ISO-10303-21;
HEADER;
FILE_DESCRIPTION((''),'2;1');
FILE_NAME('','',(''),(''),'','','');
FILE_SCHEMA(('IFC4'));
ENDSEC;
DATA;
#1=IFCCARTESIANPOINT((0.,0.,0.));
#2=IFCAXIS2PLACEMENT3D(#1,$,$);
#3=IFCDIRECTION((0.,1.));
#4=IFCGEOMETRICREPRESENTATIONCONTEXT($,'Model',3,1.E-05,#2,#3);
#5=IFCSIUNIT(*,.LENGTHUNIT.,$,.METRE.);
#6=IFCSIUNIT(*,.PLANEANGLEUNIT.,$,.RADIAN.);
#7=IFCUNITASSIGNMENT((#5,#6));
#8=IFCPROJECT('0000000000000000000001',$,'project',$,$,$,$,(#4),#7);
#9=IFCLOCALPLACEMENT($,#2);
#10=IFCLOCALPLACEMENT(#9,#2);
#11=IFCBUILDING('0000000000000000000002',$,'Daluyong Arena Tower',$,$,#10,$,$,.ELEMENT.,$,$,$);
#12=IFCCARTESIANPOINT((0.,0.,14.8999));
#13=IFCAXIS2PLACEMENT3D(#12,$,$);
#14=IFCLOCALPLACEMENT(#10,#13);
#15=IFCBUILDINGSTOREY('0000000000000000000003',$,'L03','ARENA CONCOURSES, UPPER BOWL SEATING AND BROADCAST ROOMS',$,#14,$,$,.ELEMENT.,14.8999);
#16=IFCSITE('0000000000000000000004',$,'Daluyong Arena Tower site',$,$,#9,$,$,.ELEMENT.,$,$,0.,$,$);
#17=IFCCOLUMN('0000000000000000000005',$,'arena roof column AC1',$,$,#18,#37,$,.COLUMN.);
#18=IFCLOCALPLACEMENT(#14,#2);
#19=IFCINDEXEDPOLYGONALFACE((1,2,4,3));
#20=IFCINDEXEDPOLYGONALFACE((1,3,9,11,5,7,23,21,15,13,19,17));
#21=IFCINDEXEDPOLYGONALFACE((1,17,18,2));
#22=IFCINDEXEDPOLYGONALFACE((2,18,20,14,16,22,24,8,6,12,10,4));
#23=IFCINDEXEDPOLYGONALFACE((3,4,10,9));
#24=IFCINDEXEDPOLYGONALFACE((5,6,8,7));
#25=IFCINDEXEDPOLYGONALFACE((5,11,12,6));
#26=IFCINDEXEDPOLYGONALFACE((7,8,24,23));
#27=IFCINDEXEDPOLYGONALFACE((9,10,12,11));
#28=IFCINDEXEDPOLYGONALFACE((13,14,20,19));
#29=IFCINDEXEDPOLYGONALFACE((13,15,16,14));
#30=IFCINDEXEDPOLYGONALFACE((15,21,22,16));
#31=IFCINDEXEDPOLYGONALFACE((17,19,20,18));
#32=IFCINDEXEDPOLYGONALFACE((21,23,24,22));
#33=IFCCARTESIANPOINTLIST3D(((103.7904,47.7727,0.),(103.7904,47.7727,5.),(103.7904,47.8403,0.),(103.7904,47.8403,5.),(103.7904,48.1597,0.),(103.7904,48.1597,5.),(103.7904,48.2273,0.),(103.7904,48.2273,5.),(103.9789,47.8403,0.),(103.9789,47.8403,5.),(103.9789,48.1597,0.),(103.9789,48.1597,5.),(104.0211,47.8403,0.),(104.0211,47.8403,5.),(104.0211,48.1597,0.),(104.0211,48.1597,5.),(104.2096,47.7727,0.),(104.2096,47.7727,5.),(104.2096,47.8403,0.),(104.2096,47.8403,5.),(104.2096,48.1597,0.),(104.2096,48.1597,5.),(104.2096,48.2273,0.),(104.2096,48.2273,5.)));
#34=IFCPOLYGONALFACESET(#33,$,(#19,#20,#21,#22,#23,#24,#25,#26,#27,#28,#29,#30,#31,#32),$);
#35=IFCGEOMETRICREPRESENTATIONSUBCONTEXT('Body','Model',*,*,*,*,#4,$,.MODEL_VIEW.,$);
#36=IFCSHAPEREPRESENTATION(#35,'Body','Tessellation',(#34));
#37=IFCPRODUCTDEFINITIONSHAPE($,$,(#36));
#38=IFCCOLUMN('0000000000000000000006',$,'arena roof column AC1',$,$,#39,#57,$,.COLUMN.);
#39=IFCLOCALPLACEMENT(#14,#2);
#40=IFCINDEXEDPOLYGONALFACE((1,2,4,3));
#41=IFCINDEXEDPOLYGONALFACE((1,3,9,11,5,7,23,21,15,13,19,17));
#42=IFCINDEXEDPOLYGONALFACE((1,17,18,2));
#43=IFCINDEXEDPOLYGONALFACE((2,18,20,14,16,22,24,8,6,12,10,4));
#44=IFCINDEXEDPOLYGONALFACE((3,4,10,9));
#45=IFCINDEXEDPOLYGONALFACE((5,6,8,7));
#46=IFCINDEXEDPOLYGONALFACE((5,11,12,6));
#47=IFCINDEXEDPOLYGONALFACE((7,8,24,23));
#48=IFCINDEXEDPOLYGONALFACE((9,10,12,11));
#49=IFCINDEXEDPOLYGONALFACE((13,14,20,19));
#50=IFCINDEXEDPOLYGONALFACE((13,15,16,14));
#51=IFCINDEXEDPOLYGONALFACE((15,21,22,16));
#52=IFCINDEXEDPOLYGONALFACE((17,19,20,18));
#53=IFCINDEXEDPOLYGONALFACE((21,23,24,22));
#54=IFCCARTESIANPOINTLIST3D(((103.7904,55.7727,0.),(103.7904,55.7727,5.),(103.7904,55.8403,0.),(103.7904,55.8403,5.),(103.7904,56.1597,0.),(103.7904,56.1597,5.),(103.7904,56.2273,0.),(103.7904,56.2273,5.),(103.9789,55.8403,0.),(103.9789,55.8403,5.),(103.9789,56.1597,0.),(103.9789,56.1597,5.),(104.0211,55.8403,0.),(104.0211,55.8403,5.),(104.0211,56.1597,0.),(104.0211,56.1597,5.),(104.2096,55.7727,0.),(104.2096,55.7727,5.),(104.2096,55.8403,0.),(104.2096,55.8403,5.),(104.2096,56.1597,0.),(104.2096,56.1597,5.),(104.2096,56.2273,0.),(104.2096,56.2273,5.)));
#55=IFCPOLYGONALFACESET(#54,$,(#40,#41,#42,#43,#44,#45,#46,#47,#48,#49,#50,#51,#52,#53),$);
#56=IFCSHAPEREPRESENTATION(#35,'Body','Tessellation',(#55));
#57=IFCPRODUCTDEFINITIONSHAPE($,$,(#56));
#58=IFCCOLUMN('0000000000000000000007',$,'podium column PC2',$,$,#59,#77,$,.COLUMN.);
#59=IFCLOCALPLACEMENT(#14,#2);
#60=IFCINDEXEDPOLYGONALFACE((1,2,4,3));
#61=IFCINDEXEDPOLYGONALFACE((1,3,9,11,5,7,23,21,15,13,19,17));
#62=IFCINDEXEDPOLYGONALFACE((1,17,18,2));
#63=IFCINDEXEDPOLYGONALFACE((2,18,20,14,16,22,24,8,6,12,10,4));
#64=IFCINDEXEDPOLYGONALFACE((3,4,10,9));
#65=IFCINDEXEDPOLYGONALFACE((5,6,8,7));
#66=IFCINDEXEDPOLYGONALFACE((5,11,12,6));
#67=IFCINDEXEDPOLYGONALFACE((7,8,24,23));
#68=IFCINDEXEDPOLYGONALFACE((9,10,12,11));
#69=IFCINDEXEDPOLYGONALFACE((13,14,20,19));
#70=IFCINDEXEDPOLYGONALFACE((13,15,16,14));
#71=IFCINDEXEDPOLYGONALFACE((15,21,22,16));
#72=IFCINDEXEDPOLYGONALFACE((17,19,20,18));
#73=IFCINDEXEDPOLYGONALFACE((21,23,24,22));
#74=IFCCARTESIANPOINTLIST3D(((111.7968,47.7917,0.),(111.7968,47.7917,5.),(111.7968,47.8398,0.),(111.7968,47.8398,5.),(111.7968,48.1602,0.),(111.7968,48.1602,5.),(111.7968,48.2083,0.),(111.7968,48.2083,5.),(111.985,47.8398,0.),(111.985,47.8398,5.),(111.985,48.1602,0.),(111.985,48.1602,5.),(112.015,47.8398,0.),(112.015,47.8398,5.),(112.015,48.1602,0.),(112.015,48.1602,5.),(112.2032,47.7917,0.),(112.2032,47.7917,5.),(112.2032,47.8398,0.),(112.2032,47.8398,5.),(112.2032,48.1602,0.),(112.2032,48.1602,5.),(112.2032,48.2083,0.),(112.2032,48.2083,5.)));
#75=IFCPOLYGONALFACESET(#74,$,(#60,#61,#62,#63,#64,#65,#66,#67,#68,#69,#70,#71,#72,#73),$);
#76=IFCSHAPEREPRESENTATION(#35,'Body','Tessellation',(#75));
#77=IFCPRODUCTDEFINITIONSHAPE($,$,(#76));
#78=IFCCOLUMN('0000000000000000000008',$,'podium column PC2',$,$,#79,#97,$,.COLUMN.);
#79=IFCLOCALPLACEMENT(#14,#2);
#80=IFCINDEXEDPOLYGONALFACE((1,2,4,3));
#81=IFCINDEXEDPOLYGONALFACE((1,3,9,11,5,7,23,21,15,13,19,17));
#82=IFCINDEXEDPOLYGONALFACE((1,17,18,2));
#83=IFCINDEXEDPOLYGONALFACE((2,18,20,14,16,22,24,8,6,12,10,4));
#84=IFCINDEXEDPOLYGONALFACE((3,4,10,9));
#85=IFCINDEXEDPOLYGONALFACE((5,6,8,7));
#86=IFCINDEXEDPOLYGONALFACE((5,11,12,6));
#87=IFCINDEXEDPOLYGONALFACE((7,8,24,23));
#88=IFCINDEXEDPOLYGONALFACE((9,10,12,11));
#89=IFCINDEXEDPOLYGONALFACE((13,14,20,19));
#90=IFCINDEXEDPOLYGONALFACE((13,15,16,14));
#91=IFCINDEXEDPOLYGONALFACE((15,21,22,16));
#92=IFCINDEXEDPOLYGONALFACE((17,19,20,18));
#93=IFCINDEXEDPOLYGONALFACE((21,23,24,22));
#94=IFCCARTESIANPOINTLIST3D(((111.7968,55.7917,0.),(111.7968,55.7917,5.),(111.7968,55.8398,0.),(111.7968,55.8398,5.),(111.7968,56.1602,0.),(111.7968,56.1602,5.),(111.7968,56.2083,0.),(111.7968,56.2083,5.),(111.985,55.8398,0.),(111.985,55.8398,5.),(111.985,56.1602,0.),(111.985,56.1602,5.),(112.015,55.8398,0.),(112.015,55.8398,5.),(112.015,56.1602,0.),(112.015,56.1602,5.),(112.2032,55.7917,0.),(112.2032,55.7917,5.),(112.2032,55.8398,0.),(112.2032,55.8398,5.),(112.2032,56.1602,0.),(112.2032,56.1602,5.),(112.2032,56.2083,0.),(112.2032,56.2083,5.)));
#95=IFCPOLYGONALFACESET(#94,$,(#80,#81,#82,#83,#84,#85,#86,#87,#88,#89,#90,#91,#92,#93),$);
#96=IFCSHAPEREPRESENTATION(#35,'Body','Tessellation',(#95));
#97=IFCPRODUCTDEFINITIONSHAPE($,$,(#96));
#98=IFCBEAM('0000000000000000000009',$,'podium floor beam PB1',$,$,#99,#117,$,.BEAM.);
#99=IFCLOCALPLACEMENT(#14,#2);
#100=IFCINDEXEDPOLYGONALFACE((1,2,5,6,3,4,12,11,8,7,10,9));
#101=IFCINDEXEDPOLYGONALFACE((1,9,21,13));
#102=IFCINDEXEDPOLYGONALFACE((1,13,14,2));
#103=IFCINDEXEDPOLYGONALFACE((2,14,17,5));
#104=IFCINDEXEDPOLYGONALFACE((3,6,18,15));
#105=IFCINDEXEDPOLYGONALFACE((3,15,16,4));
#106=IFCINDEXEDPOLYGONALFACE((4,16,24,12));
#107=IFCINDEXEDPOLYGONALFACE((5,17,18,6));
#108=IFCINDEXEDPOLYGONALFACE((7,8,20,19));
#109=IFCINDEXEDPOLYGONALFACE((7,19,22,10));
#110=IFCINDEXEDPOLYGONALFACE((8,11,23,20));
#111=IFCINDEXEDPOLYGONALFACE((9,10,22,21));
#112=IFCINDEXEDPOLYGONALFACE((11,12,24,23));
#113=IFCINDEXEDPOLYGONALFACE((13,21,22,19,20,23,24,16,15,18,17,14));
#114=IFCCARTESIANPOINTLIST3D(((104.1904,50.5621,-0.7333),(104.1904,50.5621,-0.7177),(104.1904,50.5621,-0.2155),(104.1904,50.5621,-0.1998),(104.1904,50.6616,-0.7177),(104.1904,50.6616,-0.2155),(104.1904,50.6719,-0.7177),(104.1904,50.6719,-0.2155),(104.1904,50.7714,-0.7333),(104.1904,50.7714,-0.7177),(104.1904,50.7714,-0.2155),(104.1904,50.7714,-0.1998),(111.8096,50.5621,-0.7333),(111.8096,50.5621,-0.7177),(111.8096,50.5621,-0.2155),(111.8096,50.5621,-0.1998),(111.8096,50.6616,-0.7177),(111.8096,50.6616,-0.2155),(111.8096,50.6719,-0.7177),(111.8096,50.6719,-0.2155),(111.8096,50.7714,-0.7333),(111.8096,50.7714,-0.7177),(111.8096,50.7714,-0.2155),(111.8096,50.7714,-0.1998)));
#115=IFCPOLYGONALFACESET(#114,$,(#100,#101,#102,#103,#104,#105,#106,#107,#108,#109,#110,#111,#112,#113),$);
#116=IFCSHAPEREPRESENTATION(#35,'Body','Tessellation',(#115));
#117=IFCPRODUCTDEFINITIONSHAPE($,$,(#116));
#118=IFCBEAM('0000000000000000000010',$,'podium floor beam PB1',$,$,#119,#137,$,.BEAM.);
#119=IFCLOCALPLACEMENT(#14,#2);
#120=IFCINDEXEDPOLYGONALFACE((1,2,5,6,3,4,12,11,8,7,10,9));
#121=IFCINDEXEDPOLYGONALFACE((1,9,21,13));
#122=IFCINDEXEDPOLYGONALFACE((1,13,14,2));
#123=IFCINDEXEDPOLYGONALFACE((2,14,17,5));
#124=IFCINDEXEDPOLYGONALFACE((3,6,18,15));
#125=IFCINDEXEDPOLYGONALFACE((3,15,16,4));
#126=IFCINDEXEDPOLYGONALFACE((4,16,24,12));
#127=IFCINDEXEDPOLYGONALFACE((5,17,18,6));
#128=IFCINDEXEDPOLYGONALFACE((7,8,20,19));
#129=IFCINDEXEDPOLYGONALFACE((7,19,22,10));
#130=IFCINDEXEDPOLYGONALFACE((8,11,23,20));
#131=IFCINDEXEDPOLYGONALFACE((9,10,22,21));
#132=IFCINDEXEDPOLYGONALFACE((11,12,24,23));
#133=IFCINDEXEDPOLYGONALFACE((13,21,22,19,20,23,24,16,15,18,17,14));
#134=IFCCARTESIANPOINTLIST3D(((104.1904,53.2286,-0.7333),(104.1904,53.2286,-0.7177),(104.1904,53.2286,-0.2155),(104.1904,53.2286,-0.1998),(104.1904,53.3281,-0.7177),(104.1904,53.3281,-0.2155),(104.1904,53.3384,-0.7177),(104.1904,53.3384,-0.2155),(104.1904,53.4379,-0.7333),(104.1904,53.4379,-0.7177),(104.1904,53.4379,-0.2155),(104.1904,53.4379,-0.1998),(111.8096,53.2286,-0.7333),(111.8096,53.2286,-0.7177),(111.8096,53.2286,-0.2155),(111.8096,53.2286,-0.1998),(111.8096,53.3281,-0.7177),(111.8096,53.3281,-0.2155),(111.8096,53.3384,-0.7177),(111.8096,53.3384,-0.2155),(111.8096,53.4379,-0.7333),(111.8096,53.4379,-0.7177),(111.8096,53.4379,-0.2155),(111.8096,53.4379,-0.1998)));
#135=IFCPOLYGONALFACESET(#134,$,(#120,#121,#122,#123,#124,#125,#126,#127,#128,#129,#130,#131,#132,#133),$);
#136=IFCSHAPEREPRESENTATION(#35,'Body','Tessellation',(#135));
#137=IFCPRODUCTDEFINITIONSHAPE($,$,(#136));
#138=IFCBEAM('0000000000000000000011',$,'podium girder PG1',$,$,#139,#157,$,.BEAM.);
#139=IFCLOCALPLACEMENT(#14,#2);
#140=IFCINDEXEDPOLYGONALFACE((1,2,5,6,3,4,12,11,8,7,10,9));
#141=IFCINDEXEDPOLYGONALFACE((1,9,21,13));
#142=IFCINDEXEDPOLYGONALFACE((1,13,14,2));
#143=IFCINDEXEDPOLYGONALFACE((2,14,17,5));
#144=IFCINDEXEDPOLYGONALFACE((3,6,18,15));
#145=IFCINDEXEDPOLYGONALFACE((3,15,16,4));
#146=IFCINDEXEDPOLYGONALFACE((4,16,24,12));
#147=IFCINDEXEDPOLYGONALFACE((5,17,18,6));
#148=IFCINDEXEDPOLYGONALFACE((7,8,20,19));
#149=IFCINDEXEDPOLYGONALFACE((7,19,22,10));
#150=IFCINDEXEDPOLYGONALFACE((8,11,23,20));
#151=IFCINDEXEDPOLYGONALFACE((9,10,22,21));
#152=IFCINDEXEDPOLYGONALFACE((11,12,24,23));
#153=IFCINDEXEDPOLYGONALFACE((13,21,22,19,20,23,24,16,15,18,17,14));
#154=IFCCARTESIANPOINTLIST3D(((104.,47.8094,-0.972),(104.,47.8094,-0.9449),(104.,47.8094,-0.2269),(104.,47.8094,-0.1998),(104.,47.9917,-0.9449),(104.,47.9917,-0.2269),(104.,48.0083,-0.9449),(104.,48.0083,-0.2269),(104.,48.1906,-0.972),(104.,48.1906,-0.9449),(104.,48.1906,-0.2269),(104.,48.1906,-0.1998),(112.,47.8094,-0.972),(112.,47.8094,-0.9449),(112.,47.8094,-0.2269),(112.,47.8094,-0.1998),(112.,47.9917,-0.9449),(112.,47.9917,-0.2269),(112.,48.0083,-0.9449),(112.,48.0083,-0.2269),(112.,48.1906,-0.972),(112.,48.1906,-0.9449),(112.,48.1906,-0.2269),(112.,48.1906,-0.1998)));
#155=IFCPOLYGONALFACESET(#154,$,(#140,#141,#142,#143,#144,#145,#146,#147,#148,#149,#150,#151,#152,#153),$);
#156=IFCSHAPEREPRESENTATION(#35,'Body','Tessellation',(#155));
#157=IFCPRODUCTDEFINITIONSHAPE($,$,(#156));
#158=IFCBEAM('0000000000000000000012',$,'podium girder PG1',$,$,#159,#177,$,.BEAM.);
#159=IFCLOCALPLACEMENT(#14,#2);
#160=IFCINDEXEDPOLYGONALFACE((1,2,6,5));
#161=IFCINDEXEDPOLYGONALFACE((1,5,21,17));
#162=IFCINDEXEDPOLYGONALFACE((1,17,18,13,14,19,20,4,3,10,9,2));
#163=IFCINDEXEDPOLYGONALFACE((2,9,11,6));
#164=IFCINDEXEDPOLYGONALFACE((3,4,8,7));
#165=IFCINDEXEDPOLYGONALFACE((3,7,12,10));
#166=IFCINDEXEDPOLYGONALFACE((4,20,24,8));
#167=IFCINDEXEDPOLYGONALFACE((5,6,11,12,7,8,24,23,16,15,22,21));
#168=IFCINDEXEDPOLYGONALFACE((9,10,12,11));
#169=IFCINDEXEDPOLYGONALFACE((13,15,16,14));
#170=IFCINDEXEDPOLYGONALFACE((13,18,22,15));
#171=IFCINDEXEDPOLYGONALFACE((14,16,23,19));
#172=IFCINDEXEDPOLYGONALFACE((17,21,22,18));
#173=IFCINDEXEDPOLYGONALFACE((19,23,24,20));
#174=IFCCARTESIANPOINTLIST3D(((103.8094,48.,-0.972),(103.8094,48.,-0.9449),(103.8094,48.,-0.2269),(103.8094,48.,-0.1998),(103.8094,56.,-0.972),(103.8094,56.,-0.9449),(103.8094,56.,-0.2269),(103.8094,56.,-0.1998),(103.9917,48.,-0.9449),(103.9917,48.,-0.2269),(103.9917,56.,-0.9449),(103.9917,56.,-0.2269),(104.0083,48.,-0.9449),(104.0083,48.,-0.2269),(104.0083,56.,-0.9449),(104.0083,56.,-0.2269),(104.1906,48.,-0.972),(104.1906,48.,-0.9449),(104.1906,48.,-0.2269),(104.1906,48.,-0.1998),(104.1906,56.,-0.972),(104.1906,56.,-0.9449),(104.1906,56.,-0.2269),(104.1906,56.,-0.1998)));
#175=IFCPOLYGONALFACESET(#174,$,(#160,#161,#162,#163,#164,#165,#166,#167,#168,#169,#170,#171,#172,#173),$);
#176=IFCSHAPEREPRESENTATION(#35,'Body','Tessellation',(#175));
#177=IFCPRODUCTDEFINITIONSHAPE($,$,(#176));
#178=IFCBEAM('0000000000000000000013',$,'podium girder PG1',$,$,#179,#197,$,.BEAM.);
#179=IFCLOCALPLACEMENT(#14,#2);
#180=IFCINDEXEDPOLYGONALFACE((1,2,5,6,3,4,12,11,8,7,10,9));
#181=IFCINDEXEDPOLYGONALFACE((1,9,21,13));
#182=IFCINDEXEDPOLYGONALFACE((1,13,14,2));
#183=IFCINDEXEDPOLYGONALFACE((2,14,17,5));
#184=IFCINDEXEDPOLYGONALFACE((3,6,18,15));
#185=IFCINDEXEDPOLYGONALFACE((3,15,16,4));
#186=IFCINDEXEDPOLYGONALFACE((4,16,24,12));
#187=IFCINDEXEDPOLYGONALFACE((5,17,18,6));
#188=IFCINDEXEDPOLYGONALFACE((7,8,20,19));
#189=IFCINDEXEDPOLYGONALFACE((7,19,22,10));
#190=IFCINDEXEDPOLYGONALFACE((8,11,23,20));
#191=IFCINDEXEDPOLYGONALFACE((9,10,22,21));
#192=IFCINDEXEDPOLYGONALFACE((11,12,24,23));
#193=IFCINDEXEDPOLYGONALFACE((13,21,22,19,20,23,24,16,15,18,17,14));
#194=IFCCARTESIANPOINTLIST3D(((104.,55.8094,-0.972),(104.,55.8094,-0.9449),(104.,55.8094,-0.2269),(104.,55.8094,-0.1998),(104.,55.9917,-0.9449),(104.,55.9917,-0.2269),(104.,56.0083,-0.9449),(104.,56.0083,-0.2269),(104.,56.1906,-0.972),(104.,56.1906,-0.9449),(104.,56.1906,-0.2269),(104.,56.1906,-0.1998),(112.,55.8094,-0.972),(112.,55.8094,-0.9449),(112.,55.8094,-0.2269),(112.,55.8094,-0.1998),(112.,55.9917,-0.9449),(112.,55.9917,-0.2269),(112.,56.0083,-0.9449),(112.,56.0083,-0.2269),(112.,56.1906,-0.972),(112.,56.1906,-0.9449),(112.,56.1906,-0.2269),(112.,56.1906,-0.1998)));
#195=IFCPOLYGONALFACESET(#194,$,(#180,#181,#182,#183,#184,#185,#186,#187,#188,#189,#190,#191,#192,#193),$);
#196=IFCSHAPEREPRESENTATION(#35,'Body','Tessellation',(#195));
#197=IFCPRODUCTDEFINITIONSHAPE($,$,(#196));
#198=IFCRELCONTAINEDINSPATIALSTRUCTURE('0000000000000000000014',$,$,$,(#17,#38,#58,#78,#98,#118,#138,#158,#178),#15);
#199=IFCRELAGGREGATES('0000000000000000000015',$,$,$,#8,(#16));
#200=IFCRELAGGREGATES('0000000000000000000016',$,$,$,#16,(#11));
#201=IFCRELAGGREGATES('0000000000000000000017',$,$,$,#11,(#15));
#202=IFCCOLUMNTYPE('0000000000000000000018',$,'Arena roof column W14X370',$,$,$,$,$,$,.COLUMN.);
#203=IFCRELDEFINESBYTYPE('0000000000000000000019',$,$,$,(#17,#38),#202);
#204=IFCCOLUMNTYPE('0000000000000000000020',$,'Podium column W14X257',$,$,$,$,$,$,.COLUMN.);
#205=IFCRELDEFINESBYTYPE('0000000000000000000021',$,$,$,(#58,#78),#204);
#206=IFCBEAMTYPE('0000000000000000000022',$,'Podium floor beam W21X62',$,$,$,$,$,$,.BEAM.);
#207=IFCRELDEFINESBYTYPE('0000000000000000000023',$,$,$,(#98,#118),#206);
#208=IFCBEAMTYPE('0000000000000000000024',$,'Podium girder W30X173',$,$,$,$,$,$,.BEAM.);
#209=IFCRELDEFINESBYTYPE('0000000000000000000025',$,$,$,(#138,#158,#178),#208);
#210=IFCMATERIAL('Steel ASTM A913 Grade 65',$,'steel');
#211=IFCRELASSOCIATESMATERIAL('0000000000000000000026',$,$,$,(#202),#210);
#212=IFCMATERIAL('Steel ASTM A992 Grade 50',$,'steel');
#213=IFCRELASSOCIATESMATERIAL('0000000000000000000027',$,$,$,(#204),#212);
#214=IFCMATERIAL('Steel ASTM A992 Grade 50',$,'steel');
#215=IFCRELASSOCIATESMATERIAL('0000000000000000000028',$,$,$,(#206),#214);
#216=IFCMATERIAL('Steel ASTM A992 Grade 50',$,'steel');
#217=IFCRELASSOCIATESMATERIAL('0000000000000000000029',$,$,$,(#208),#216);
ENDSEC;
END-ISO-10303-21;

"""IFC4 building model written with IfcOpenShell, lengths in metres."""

from ifc_helpers import new_model, si_unit, direction, frame, origin, origin_2d, place, context, subcontext, project, spatial, i_section, extrude, material, material_profile, profile_set, type_object, element, save


model = new_model("IFC4")

# Units and contexts
model_context = context("Model", 3, precision=1e-05, world=origin(), true_north=direction((0.0, 1.0)))
body_context = subcontext(model_context, "Body", "Model", "MODEL_VIEW")
ifc_project = project(units=[si_unit("LENGTHUNIT", "METRE"), si_unit("PLANEANGLEUNIT", "RADIAN")], contexts=[model_context])

# Site, building, storey
site_placement = place(None, origin())
site = spatial("IfcSite", under=ifc_project, at=site_placement, Name="Daluyong Arena Tower site", CompositionType="ELEMENT", RefElevation=0.0)
building_placement = place(site_placement, origin())
building = spatial("IfcBuilding", under=site, at=building_placement, Name="Daluyong Arena Tower", CompositionType="ELEMENT")
storey_placement = place(building_placement, frame((0.0, 0.0, 14.8999)))
storey = spatial("IfcBuildingStorey", under=building, at=storey_placement, Name="L03", Description="ARENA CONCOURSES, UPPER BOWL SEATING AND BROADCAST ROOMS", CompositionType="ELEMENT", Elevation=14.8999)

# Columns
ifc_material_1 = material(Name="Steel ASTM A913 Grade 65", Category="steel")
ifc_material_profile_1 = material_profile(ifc_material_1, i_section(OverallWidth=0.4192, OverallDepth=0.4546, WebThickness=0.0422, FlangeThickness=0.0676, at=origin_2d()))
ifc_profile_set_1 = profile_set([ifc_material_profile_1], Name="Steel ASTM A913 Grade 65")
column_type_1 = type_object("IfcColumnType", Name="Arena roof column W14X370", PredefinedType="COLUMN", material=ifc_profile_set_1)
for number, where, z_axis, x_axis, name in (
    (1, (104.0, 48.0, 0.0), (0.0, 0.0, 1.0), (1.0, 0.0, 0.0), "arena roof column AC1"),
    (2, (104.0, 56.0, 0.0), (0.0, 0.0, 1.0), (1.0, 0.0, 0.0), "arena roof column AC1"),
):
    element("IfcColumn", number, at=place(storey_placement, frame(where, z_axis=z_axis, x_axis=x_axis)), inside=storey, type_object=column_type_1, Name=name, PredefinedType="COLUMN", context=body_context, shape_type="SweptSolid", body=[
        extrude(i_section(OverallWidth=0.4192, OverallDepth=0.4546, WebThickness=0.0422, FlangeThickness=0.0676, at=origin_2d()), origin(), (0.0, 0.0, 1.0), 5.0),
    ])
ifc_material_2 = material(Name="Steel ASTM A992 Grade 50", Category="steel")
ifc_material_profile_2 = material_profile(ifc_material_2, i_section(OverallWidth=0.4065, OverallDepth=0.4165, WebThickness=0.03, FlangeThickness=0.0481, at=origin_2d()))
ifc_profile_set_2 = profile_set([ifc_material_profile_2], Name="Steel ASTM A992 Grade 50")
column_type_2 = type_object("IfcColumnType", Name="Podium column W14X257", PredefinedType="COLUMN", material=ifc_profile_set_2)
for number, where, z_axis, x_axis, name in (
    (3, (112.0, 48.0, 0.0), (0.0, 0.0, 1.0), (1.0, 0.0, 0.0), "podium column PC2"),
    (4, (112.0, 56.0, 0.0), (0.0, 0.0, 1.0), (1.0, 0.0, 0.0), "podium column PC2"),
):
    element("IfcColumn", number, at=place(storey_placement, frame(where, z_axis=z_axis, x_axis=x_axis)), inside=storey, type_object=column_type_2, Name=name, PredefinedType="COLUMN", context=body_context, shape_type="SweptSolid", body=[
        extrude(i_section(OverallWidth=0.4065, OverallDepth=0.4165, WebThickness=0.03, FlangeThickness=0.0481, at=origin_2d()), origin(), (0.0, 0.0, 1.0), 5.0),
    ])

# Beams
ifc_material_3 = material(Name="Steel ASTM A992 Grade 50", Category="steel")
ifc_material_profile_3 = material_profile(ifc_material_3, i_section(OverallWidth=0.2092, OverallDepth=0.5334, WebThickness=0.0103, FlangeThickness=0.0156, at=origin_2d()))
ifc_profile_set_3 = profile_set([ifc_material_profile_3], Name="Steel ASTM A992 Grade 50")
beam_type_1 = type_object("IfcBeamType", Name="Podium floor beam W21X62", PredefinedType="BEAM", material=ifc_profile_set_3)
for number, where, z_axis, x_axis, name in (
    (5, (104.1904, 50.6667, -0.4666), (1.0, 0.0, 0.0), (0.0, 1.0, 0.0), "podium floor beam PB1"),
    (6, (104.1904, 53.3333, -0.4666), (1.0, 0.0, 0.0), (0.0, 1.0, 0.0), "podium floor beam PB1"),
):
    element("IfcBeam", number, at=place(storey_placement, frame(where, z_axis=z_axis, x_axis=x_axis)), inside=storey, type_object=beam_type_1, Name=name, PredefinedType="BEAM", context=body_context, shape_type="SweptSolid", body=[
        extrude(i_section(OverallWidth=0.2092, OverallDepth=0.5334, WebThickness=0.0103, FlangeThickness=0.0156, at=origin_2d()), origin(), (0.0, 0.0, 1.0), 7.6191),
    ])
ifc_material_4 = material(Name="Steel ASTM A992 Grade 50", Category="steel")
ifc_material_profile_4 = material_profile(ifc_material_4, i_section(OverallWidth=0.3811, OverallDepth=0.7722, WebThickness=0.0166, FlangeThickness=0.0271, at=origin_2d()))
ifc_profile_set_4 = profile_set([ifc_material_profile_4], Name="Steel ASTM A992 Grade 50")
beam_type_2 = type_object("IfcBeamType", Name="Podium girder W30X173", PredefinedType="BEAM", material=ifc_profile_set_4)
for number, where, z_axis, x_axis, name in (
    (7, (104.0, 48.0, -0.5859), (1.0, 0.0, 0.0), (0.0, 1.0, 0.0), "podium girder PG1"),
    (8, (104.0, 48.0, -0.5859), (0.0, 1.0, 0.0), (-1.0, 0.0, 0.0), "podium girder PG1"),
    (9, (104.0, 56.0, -0.5859), (1.0, 0.0, 0.0), (0.0, 1.0, 0.0), "podium girder PG1"),
):
    element("IfcBeam", number, at=place(storey_placement, frame(where, z_axis=z_axis, x_axis=x_axis)), inside=storey, type_object=beam_type_2, Name=name, PredefinedType="BEAM", context=body_context, shape_type="SweptSolid", body=[
        extrude(i_section(OverallWidth=0.3811, OverallDepth=0.7722, WebThickness=0.0166, FlangeThickness=0.0271, at=origin_2d()), origin(), (0.0, 0.0, 1.0), 8.0),
    ])

save(model, "model.ifc")
